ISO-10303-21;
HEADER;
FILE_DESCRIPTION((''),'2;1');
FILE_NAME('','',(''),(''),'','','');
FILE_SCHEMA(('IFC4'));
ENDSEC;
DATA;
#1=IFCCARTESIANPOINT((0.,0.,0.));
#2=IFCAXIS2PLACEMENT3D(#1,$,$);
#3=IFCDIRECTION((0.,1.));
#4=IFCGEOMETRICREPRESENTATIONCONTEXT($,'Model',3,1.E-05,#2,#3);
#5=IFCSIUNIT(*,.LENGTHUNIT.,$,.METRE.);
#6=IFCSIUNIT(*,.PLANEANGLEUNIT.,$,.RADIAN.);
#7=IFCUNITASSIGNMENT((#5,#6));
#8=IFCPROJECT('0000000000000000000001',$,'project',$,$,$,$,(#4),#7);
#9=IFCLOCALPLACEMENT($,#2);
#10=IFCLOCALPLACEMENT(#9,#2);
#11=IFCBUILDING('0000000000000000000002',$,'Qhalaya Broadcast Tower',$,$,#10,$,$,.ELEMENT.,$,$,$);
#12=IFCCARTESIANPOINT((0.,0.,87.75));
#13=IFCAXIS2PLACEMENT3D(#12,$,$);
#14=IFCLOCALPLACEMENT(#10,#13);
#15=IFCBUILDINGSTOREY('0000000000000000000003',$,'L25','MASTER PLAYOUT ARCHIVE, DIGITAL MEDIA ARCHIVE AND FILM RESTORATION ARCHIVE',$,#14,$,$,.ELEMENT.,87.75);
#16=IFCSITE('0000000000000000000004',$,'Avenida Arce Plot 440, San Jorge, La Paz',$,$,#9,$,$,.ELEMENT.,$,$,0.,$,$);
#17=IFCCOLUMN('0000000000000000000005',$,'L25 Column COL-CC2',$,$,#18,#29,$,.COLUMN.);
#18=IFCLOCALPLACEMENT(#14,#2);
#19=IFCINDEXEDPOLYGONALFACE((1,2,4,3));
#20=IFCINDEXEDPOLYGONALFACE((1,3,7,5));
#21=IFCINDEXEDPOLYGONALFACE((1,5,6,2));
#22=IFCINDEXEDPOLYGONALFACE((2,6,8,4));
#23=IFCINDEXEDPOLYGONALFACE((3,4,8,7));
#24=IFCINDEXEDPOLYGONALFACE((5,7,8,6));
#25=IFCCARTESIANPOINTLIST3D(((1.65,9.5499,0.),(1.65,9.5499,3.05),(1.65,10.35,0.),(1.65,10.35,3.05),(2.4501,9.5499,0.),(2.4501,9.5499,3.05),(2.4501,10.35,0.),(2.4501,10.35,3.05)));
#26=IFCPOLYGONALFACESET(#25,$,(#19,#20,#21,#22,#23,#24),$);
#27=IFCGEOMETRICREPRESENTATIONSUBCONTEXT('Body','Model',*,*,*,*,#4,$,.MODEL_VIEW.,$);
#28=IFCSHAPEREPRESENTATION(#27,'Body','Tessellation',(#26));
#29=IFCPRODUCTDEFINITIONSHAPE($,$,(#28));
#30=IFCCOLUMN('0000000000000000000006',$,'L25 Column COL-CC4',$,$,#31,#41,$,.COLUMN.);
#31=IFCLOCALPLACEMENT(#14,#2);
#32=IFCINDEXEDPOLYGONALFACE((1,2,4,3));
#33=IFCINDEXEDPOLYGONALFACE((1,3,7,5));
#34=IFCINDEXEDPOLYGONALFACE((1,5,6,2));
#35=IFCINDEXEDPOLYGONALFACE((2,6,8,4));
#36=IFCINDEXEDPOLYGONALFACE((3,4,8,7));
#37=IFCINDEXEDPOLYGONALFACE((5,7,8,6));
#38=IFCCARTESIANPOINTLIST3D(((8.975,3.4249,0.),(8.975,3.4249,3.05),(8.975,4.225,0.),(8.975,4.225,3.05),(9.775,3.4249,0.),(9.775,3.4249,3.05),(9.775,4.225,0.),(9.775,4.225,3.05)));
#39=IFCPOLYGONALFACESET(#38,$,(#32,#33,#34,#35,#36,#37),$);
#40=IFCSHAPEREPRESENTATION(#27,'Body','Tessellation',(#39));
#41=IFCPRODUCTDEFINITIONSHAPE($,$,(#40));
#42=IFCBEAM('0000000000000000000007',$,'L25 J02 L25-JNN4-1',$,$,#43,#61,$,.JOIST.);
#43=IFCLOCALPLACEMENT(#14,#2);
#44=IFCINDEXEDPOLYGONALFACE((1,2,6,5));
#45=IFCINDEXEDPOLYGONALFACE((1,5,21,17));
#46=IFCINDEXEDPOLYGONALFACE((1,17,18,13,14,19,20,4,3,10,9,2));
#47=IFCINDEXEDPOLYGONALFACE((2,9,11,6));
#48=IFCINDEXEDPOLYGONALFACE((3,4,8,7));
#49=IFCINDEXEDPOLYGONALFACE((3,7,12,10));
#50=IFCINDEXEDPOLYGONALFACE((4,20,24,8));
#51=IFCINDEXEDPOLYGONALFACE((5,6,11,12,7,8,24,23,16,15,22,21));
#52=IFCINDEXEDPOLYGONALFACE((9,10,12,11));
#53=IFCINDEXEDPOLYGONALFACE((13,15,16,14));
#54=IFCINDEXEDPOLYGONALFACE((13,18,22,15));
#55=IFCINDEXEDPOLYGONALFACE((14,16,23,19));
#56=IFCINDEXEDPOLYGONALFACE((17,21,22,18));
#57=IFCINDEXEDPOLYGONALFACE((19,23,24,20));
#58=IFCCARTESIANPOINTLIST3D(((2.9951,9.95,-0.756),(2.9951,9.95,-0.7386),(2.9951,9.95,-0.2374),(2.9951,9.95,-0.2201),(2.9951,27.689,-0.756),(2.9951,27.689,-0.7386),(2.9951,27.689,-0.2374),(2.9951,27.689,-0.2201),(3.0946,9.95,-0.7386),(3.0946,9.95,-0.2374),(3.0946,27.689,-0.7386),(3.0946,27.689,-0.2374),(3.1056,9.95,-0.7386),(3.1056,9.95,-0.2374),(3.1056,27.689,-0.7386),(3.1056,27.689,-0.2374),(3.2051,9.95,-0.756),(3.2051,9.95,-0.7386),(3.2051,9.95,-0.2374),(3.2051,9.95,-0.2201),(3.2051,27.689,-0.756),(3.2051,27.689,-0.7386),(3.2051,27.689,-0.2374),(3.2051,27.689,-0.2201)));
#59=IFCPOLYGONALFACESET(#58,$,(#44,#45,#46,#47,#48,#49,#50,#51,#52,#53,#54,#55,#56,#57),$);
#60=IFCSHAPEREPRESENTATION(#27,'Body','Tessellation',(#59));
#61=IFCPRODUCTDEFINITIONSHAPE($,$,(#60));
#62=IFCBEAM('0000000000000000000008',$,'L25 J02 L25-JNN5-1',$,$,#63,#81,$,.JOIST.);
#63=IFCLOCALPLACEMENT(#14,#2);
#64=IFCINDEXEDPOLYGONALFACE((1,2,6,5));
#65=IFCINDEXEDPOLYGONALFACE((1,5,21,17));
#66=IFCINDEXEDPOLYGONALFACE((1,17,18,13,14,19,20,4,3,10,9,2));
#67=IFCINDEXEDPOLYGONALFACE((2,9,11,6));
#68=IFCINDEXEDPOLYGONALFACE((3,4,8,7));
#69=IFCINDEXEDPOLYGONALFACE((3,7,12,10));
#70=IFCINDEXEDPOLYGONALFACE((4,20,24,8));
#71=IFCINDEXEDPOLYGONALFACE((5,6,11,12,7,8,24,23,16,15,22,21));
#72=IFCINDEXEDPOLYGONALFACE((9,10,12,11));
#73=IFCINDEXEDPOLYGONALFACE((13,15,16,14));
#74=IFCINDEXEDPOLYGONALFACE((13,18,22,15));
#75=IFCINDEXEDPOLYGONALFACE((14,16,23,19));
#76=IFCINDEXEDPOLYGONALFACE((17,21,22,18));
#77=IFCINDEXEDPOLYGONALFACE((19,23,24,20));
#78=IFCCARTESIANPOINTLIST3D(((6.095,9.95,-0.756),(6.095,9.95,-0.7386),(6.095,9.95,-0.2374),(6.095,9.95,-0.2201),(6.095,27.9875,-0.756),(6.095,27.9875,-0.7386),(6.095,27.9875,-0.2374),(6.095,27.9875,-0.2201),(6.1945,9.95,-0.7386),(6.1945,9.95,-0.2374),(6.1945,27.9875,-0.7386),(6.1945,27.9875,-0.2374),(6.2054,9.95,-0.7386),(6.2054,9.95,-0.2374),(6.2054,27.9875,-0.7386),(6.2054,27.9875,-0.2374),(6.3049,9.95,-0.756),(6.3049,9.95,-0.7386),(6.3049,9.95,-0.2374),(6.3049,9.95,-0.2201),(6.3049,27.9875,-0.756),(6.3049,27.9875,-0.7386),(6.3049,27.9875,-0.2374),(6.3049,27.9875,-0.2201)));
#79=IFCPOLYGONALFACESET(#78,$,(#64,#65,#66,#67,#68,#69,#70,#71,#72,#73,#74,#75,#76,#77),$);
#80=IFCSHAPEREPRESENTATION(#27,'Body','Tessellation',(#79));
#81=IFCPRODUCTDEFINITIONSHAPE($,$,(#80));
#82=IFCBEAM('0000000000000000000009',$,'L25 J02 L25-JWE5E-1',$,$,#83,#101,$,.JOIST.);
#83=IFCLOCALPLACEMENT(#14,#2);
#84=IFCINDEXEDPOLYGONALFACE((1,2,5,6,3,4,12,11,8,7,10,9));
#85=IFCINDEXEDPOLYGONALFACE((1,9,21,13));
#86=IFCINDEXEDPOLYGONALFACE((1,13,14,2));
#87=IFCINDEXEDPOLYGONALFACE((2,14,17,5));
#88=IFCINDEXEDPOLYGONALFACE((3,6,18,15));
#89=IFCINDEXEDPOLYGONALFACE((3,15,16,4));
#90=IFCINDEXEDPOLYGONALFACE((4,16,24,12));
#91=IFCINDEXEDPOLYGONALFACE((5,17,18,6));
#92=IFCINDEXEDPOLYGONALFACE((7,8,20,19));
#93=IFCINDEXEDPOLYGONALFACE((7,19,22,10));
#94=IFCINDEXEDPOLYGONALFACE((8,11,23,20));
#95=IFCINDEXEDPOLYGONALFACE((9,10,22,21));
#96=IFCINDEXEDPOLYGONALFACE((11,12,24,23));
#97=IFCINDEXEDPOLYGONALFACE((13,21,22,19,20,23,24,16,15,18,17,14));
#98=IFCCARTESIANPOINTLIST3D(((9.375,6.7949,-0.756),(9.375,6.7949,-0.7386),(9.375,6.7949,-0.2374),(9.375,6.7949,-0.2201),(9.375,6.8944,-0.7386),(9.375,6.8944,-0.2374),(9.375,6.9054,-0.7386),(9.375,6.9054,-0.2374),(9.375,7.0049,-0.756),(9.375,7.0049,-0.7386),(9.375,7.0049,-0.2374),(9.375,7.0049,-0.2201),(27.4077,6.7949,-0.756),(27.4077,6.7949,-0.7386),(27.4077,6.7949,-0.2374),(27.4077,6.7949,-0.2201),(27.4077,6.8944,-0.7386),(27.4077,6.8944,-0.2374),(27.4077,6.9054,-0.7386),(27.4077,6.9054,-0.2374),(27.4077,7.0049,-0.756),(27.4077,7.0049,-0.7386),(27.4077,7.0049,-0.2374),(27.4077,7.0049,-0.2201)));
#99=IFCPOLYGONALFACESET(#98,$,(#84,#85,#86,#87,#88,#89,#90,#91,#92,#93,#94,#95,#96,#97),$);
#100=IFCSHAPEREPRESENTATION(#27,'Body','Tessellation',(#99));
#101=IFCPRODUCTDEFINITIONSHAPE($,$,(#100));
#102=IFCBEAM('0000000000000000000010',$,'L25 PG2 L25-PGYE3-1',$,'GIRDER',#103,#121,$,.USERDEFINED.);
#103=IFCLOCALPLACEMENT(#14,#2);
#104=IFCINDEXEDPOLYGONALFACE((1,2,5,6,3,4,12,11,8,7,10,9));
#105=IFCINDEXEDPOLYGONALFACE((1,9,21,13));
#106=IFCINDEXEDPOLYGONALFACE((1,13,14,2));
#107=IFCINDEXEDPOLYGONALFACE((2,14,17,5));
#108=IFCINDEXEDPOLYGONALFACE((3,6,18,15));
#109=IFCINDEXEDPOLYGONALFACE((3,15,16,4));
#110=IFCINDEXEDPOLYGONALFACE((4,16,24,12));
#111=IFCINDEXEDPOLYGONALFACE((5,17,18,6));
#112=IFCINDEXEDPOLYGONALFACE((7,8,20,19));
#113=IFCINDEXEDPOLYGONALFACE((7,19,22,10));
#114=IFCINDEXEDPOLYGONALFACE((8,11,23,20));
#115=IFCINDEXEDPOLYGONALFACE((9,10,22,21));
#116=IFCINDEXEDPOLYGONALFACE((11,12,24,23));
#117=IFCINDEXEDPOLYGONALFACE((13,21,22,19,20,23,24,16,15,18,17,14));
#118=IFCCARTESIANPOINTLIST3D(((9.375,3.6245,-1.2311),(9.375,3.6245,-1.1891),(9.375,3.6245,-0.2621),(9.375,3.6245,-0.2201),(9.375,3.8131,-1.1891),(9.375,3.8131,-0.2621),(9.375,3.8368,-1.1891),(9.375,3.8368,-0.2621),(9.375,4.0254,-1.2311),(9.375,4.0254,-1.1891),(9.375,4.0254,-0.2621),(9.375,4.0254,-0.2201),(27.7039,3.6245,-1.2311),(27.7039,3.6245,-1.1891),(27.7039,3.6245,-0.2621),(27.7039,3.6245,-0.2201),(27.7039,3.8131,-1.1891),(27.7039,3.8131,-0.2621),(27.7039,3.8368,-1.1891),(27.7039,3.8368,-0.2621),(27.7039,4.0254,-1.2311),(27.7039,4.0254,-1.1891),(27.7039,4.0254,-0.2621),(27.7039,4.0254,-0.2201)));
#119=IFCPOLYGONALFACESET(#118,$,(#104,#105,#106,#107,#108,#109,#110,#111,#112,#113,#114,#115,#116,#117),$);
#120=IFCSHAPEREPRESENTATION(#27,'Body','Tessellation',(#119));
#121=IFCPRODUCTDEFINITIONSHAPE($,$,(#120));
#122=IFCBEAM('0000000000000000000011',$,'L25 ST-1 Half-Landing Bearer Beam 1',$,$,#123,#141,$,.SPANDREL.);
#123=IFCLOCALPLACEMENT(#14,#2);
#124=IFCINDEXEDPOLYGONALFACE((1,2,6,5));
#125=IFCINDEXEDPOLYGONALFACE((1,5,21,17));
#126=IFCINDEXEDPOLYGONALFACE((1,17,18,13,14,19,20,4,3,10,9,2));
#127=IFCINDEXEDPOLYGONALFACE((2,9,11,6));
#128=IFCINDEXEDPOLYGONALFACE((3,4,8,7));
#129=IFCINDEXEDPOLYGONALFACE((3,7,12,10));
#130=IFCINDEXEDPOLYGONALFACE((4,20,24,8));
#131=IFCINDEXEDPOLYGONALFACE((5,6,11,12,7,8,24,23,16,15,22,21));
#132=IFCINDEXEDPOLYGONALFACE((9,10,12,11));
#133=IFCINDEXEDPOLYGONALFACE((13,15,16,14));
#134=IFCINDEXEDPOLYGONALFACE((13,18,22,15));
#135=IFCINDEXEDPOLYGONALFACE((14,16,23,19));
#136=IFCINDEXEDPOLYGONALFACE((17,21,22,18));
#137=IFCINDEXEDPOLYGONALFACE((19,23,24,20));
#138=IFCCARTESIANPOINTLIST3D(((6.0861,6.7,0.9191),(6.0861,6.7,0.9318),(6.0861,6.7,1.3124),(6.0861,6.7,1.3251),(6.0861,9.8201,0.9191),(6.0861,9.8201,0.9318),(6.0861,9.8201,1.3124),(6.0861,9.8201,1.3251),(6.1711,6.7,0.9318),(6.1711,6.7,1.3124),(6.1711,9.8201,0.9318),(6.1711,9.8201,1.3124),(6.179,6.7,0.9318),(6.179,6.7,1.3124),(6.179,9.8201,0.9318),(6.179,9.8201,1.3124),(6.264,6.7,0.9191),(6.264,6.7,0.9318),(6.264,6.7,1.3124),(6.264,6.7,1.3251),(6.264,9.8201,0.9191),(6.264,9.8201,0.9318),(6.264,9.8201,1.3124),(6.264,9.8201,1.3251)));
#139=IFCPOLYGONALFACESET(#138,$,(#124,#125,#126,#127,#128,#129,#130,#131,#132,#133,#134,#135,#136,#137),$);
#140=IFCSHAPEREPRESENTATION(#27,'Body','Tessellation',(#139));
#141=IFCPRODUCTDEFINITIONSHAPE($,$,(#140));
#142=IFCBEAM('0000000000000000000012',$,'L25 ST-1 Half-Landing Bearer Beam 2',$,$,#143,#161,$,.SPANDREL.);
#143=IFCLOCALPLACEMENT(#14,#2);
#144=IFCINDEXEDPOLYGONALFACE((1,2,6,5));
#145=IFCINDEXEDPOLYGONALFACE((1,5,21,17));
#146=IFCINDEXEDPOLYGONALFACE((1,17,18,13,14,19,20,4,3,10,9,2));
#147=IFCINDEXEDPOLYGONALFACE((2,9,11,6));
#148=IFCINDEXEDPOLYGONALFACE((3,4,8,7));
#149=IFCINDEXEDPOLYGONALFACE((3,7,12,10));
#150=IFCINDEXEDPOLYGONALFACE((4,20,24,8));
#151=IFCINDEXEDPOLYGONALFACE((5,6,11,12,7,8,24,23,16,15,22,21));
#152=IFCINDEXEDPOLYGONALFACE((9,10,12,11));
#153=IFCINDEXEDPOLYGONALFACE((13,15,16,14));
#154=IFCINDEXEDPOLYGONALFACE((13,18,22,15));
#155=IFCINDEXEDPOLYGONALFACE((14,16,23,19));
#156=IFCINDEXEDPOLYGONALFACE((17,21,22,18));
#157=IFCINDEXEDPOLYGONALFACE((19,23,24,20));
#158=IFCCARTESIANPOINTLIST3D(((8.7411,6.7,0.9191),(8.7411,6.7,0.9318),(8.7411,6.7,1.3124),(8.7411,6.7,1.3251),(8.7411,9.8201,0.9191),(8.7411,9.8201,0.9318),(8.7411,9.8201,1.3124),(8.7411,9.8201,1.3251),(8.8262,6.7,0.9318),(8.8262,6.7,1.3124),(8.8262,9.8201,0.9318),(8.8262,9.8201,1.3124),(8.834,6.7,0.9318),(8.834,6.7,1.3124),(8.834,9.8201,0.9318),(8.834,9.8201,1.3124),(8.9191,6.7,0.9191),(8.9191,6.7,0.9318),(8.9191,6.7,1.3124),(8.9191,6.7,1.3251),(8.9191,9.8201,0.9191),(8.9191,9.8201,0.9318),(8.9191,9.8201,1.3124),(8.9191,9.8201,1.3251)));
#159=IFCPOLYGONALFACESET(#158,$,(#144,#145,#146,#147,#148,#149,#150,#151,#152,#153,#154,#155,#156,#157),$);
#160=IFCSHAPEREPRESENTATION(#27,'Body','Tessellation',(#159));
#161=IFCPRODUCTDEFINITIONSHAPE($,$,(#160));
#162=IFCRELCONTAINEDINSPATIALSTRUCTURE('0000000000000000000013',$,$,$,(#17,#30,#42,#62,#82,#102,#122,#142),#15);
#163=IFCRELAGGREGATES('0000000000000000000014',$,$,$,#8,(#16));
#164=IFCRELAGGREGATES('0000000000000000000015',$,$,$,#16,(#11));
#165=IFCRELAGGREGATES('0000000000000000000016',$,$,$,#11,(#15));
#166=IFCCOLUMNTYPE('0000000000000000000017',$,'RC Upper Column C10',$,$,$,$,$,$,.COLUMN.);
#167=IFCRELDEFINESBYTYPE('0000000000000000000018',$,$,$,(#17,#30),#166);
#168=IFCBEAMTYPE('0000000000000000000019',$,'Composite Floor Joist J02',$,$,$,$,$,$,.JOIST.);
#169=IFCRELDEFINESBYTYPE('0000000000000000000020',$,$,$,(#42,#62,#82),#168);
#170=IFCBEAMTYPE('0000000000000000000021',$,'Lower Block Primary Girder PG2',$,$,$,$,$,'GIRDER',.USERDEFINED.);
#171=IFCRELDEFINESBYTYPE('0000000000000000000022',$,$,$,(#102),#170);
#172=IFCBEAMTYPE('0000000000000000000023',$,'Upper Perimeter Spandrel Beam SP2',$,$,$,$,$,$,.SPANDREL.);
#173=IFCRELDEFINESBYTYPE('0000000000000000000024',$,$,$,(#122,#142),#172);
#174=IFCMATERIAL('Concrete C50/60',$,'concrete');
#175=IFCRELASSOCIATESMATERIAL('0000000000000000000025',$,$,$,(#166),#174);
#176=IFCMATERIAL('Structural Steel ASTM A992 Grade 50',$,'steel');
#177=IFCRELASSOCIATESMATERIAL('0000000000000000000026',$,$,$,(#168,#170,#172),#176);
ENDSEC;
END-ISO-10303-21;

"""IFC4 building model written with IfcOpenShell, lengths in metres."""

from ifc_helpers import new_model, si_unit, direction, frame, origin, origin_2d, place, context, subcontext, project, spatial, rectangle, i_section, extrude, material, material_profile, profile_set, type_object, element, save


model = new_model("IFC4")

# Units and contexts
model_context = context("Model", 3, precision=1e-05, world=origin(), true_north=direction((0.0, 1.0)))
body_context = subcontext(model_context, "Body", "Model", "MODEL_VIEW")
ifc_project = project(units=[si_unit("LENGTHUNIT", "METRE"), si_unit("PLANEANGLEUNIT", "RADIAN")], contexts=[model_context])

# Site, building, storey
site_placement = place(None, origin())
site = spatial("IfcSite", under=ifc_project, at=site_placement, Name="Avenida Arce Plot 440, San Jorge, La Paz", CompositionType="ELEMENT", RefElevation=0.0)
building_placement = place(site_placement, origin())
building = spatial("IfcBuilding", under=site, at=building_placement, Name="Qhalaya Broadcast Tower", CompositionType="ELEMENT")
storey_placement = place(building_placement, frame((0.0, 0.0, 87.75)))
storey = spatial("IfcBuildingStorey", under=building, at=storey_placement, Name="L25", Description="MASTER PLAYOUT ARCHIVE, DIGITAL MEDIA ARCHIVE AND FILM RESTORATION ARCHIVE", CompositionType="ELEMENT", Elevation=87.75)

# Columns
ifc_material_1 = material(Name="Concrete C50/60", Category="concrete")
ifc_material_profile_1 = material_profile(ifc_material_1, rectangle(XDim=0.8, YDim=0.8, at=origin_2d()), Name="RC-COL 800x800")
ifc_profile_set_1 = profile_set([ifc_material_profile_1], Name="Concrete C50/60")
column_type = type_object("IfcColumnType", Name="RC Upper Column C10", PredefinedType="COLUMN", material=ifc_profile_set_1)
for number, where, z_axis, x_axis, name in (
    (1, (2.05, 9.95, 0.0), (0.0, 0.0, 1.0), (1.0, 0.0, 0.0), "L25 Column COL-CC2"),
    (2, (9.375, 3.825, 0.0), (0.0, 0.0, 1.0), (1.0, 0.0, 0.0), "L25 Column COL-CC4"),
):
    element("IfcColumn", number, at=place(storey_placement, frame(where, z_axis=z_axis, x_axis=x_axis)), inside=storey, type_object=column_type, Name=name, PredefinedType="COLUMN", context=body_context, shape_type="SweptSolid", body=[
        extrude(rectangle(XDim=0.8, YDim=0.8, at=origin_2d()), origin(), (0.0, 0.0, 1.0), 3.05),
    ])

# Beams
ifc_material_2 = material(Name="Structural Steel ASTM A992 Grade 50", Category="steel")
ifc_material_profile_2 = material_profile(ifc_material_2, i_section(OverallWidth=0.21, OverallDepth=0.5359, WebThickness=0.011, FlangeThickness=0.0173, at=origin_2d()), Name="W21X68")
ifc_profile_set_2 = profile_set([ifc_material_profile_2], Name="Structural Steel ASTM A992 Grade 50")
beam_type_1 = type_object("IfcBeamType", Name="Composite Floor Joist J02", PredefinedType="JOIST", material=ifc_profile_set_2)
beam_1_placement = place(storey_placement, frame((3.1001, 9.95, -0.488), z_axis=(0.0, 1.0, 0.0), x_axis=(-1.0, 0.0, 0.0)))
element("IfcBeam", 3, at=beam_1_placement, inside=storey, type_object=beam_type_1, Name="L25 J02 L25-JNN4-1", PredefinedType="JOIST", context=body_context, shape_type="SweptSolid", body=[
    extrude(i_section(OverallWidth=0.21, OverallDepth=0.5359, WebThickness=0.011, FlangeThickness=0.0173, at=origin_2d()), origin(), (0.0, 0.0, 1.0), 17.739),
])
beam_2_placement = place(storey_placement, frame((6.2, 9.95, -0.488), z_axis=(0.0, 1.0, 0.0), x_axis=(-1.0, 0.0, 0.0)))
element("IfcBeam", 4, at=beam_2_placement, inside=storey, type_object=beam_type_1, Name="L25 J02 L25-JNN5-1", PredefinedType="JOIST", context=body_context, shape_type="SweptSolid", body=[
    extrude(i_section(OverallWidth=0.21, OverallDepth=0.5359, WebThickness=0.011, FlangeThickness=0.0173, at=origin_2d()), origin(), (0.0, 0.0, 1.0), 18.0376),
])
beam_3_placement = place(storey_placement, frame((9.375, 6.8999, -0.488), z_axis=(1.0, 0.0, 0.0), x_axis=(0.0, 1.0, 0.0)))
element("IfcBeam", 5, at=beam_3_placement, inside=storey, type_object=beam_type_1, Name="L25 J02 L25-JWE5E-1", PredefinedType="JOIST", context=body_context, shape_type="SweptSolid", body=[
    extrude(i_section(OverallWidth=0.21, OverallDepth=0.5359, WebThickness=0.011, FlangeThickness=0.0173, at=origin_2d()), origin(), (0.0, 0.0, 1.0), 18.0327),
])
ifc_material_profile_3 = material_profile(ifc_material_2, i_section(OverallWidth=0.4009, OverallDepth=1.011, WebThickness=0.0237, FlangeThickness=0.042, at=origin_2d()), Name="W40X297")
ifc_profile_set_3 = profile_set([ifc_material_profile_3], Name="Structural Steel ASTM A992 Grade 50")
beam_type_2 = type_object("IfcBeamType", Name="Lower Block Primary Girder PG2", ElementType="GIRDER", PredefinedType="USERDEFINED", material=ifc_profile_set_3)
beam_4_placement = place(storey_placement, frame((9.375, 3.825, -0.7256), z_axis=(1.0, 0.0, 0.0), x_axis=(0.0, 1.0, 0.0)))
element("IfcBeam", 6, at=beam_4_placement, inside=storey, type_object=beam_type_2, Name="L25 PG2 L25-PGYE3-1", ObjectType="GIRDER", PredefinedType="USERDEFINED", context=body_context, shape_type="SweptSolid", body=[
    extrude(i_section(OverallWidth=0.4009, OverallDepth=1.011, WebThickness=0.0237, FlangeThickness=0.042, at=origin_2d()), origin(), (0.0, 0.0, 1.0), 18.3289),
])
ifc_material_profile_4 = material_profile(ifc_material_2, i_section(OverallWidth=0.178, OverallDepth=0.406, WebThickness=0.0078, FlangeThickness=0.0127, at=origin_2d()), Name="W16X40")
ifc_profile_set_4 = profile_set([ifc_material_profile_4], Name="Structural Steel ASTM A992 Grade 50")
beam_type_3 = type_object("IfcBeamType", Name="Upper Perimeter Spandrel Beam SP2", PredefinedType="SPANDREL", material=ifc_profile_set_4)
for number, where, z_axis, x_axis, name in (
    (7, (6.175, 6.7, 1.1221), (0.0, 1.0, 0.0), (-1.0, 0.0, 0.0), "L25 ST-1 Half-Landing Bearer Beam 1"),
    (8, (8.8301, 6.7, 1.1221), (0.0, 1.0, 0.0), (-1.0, 0.0, 0.0), "L25 ST-1 Half-Landing Bearer Beam 2"),
):
    element("IfcBeam", number, at=place(storey_placement, frame(where, z_axis=z_axis, x_axis=x_axis)), inside=storey, type_object=beam_type_3, Name=name, PredefinedType="SPANDREL", context=body_context, shape_type="SweptSolid", body=[
        extrude(i_section(OverallWidth=0.178, OverallDepth=0.406, WebThickness=0.0078, FlangeThickness=0.0127, at=origin_2d()), origin(), (0.0, 0.0, 1.0), 3.1201),
    ])

save(model, "model.ifc")
